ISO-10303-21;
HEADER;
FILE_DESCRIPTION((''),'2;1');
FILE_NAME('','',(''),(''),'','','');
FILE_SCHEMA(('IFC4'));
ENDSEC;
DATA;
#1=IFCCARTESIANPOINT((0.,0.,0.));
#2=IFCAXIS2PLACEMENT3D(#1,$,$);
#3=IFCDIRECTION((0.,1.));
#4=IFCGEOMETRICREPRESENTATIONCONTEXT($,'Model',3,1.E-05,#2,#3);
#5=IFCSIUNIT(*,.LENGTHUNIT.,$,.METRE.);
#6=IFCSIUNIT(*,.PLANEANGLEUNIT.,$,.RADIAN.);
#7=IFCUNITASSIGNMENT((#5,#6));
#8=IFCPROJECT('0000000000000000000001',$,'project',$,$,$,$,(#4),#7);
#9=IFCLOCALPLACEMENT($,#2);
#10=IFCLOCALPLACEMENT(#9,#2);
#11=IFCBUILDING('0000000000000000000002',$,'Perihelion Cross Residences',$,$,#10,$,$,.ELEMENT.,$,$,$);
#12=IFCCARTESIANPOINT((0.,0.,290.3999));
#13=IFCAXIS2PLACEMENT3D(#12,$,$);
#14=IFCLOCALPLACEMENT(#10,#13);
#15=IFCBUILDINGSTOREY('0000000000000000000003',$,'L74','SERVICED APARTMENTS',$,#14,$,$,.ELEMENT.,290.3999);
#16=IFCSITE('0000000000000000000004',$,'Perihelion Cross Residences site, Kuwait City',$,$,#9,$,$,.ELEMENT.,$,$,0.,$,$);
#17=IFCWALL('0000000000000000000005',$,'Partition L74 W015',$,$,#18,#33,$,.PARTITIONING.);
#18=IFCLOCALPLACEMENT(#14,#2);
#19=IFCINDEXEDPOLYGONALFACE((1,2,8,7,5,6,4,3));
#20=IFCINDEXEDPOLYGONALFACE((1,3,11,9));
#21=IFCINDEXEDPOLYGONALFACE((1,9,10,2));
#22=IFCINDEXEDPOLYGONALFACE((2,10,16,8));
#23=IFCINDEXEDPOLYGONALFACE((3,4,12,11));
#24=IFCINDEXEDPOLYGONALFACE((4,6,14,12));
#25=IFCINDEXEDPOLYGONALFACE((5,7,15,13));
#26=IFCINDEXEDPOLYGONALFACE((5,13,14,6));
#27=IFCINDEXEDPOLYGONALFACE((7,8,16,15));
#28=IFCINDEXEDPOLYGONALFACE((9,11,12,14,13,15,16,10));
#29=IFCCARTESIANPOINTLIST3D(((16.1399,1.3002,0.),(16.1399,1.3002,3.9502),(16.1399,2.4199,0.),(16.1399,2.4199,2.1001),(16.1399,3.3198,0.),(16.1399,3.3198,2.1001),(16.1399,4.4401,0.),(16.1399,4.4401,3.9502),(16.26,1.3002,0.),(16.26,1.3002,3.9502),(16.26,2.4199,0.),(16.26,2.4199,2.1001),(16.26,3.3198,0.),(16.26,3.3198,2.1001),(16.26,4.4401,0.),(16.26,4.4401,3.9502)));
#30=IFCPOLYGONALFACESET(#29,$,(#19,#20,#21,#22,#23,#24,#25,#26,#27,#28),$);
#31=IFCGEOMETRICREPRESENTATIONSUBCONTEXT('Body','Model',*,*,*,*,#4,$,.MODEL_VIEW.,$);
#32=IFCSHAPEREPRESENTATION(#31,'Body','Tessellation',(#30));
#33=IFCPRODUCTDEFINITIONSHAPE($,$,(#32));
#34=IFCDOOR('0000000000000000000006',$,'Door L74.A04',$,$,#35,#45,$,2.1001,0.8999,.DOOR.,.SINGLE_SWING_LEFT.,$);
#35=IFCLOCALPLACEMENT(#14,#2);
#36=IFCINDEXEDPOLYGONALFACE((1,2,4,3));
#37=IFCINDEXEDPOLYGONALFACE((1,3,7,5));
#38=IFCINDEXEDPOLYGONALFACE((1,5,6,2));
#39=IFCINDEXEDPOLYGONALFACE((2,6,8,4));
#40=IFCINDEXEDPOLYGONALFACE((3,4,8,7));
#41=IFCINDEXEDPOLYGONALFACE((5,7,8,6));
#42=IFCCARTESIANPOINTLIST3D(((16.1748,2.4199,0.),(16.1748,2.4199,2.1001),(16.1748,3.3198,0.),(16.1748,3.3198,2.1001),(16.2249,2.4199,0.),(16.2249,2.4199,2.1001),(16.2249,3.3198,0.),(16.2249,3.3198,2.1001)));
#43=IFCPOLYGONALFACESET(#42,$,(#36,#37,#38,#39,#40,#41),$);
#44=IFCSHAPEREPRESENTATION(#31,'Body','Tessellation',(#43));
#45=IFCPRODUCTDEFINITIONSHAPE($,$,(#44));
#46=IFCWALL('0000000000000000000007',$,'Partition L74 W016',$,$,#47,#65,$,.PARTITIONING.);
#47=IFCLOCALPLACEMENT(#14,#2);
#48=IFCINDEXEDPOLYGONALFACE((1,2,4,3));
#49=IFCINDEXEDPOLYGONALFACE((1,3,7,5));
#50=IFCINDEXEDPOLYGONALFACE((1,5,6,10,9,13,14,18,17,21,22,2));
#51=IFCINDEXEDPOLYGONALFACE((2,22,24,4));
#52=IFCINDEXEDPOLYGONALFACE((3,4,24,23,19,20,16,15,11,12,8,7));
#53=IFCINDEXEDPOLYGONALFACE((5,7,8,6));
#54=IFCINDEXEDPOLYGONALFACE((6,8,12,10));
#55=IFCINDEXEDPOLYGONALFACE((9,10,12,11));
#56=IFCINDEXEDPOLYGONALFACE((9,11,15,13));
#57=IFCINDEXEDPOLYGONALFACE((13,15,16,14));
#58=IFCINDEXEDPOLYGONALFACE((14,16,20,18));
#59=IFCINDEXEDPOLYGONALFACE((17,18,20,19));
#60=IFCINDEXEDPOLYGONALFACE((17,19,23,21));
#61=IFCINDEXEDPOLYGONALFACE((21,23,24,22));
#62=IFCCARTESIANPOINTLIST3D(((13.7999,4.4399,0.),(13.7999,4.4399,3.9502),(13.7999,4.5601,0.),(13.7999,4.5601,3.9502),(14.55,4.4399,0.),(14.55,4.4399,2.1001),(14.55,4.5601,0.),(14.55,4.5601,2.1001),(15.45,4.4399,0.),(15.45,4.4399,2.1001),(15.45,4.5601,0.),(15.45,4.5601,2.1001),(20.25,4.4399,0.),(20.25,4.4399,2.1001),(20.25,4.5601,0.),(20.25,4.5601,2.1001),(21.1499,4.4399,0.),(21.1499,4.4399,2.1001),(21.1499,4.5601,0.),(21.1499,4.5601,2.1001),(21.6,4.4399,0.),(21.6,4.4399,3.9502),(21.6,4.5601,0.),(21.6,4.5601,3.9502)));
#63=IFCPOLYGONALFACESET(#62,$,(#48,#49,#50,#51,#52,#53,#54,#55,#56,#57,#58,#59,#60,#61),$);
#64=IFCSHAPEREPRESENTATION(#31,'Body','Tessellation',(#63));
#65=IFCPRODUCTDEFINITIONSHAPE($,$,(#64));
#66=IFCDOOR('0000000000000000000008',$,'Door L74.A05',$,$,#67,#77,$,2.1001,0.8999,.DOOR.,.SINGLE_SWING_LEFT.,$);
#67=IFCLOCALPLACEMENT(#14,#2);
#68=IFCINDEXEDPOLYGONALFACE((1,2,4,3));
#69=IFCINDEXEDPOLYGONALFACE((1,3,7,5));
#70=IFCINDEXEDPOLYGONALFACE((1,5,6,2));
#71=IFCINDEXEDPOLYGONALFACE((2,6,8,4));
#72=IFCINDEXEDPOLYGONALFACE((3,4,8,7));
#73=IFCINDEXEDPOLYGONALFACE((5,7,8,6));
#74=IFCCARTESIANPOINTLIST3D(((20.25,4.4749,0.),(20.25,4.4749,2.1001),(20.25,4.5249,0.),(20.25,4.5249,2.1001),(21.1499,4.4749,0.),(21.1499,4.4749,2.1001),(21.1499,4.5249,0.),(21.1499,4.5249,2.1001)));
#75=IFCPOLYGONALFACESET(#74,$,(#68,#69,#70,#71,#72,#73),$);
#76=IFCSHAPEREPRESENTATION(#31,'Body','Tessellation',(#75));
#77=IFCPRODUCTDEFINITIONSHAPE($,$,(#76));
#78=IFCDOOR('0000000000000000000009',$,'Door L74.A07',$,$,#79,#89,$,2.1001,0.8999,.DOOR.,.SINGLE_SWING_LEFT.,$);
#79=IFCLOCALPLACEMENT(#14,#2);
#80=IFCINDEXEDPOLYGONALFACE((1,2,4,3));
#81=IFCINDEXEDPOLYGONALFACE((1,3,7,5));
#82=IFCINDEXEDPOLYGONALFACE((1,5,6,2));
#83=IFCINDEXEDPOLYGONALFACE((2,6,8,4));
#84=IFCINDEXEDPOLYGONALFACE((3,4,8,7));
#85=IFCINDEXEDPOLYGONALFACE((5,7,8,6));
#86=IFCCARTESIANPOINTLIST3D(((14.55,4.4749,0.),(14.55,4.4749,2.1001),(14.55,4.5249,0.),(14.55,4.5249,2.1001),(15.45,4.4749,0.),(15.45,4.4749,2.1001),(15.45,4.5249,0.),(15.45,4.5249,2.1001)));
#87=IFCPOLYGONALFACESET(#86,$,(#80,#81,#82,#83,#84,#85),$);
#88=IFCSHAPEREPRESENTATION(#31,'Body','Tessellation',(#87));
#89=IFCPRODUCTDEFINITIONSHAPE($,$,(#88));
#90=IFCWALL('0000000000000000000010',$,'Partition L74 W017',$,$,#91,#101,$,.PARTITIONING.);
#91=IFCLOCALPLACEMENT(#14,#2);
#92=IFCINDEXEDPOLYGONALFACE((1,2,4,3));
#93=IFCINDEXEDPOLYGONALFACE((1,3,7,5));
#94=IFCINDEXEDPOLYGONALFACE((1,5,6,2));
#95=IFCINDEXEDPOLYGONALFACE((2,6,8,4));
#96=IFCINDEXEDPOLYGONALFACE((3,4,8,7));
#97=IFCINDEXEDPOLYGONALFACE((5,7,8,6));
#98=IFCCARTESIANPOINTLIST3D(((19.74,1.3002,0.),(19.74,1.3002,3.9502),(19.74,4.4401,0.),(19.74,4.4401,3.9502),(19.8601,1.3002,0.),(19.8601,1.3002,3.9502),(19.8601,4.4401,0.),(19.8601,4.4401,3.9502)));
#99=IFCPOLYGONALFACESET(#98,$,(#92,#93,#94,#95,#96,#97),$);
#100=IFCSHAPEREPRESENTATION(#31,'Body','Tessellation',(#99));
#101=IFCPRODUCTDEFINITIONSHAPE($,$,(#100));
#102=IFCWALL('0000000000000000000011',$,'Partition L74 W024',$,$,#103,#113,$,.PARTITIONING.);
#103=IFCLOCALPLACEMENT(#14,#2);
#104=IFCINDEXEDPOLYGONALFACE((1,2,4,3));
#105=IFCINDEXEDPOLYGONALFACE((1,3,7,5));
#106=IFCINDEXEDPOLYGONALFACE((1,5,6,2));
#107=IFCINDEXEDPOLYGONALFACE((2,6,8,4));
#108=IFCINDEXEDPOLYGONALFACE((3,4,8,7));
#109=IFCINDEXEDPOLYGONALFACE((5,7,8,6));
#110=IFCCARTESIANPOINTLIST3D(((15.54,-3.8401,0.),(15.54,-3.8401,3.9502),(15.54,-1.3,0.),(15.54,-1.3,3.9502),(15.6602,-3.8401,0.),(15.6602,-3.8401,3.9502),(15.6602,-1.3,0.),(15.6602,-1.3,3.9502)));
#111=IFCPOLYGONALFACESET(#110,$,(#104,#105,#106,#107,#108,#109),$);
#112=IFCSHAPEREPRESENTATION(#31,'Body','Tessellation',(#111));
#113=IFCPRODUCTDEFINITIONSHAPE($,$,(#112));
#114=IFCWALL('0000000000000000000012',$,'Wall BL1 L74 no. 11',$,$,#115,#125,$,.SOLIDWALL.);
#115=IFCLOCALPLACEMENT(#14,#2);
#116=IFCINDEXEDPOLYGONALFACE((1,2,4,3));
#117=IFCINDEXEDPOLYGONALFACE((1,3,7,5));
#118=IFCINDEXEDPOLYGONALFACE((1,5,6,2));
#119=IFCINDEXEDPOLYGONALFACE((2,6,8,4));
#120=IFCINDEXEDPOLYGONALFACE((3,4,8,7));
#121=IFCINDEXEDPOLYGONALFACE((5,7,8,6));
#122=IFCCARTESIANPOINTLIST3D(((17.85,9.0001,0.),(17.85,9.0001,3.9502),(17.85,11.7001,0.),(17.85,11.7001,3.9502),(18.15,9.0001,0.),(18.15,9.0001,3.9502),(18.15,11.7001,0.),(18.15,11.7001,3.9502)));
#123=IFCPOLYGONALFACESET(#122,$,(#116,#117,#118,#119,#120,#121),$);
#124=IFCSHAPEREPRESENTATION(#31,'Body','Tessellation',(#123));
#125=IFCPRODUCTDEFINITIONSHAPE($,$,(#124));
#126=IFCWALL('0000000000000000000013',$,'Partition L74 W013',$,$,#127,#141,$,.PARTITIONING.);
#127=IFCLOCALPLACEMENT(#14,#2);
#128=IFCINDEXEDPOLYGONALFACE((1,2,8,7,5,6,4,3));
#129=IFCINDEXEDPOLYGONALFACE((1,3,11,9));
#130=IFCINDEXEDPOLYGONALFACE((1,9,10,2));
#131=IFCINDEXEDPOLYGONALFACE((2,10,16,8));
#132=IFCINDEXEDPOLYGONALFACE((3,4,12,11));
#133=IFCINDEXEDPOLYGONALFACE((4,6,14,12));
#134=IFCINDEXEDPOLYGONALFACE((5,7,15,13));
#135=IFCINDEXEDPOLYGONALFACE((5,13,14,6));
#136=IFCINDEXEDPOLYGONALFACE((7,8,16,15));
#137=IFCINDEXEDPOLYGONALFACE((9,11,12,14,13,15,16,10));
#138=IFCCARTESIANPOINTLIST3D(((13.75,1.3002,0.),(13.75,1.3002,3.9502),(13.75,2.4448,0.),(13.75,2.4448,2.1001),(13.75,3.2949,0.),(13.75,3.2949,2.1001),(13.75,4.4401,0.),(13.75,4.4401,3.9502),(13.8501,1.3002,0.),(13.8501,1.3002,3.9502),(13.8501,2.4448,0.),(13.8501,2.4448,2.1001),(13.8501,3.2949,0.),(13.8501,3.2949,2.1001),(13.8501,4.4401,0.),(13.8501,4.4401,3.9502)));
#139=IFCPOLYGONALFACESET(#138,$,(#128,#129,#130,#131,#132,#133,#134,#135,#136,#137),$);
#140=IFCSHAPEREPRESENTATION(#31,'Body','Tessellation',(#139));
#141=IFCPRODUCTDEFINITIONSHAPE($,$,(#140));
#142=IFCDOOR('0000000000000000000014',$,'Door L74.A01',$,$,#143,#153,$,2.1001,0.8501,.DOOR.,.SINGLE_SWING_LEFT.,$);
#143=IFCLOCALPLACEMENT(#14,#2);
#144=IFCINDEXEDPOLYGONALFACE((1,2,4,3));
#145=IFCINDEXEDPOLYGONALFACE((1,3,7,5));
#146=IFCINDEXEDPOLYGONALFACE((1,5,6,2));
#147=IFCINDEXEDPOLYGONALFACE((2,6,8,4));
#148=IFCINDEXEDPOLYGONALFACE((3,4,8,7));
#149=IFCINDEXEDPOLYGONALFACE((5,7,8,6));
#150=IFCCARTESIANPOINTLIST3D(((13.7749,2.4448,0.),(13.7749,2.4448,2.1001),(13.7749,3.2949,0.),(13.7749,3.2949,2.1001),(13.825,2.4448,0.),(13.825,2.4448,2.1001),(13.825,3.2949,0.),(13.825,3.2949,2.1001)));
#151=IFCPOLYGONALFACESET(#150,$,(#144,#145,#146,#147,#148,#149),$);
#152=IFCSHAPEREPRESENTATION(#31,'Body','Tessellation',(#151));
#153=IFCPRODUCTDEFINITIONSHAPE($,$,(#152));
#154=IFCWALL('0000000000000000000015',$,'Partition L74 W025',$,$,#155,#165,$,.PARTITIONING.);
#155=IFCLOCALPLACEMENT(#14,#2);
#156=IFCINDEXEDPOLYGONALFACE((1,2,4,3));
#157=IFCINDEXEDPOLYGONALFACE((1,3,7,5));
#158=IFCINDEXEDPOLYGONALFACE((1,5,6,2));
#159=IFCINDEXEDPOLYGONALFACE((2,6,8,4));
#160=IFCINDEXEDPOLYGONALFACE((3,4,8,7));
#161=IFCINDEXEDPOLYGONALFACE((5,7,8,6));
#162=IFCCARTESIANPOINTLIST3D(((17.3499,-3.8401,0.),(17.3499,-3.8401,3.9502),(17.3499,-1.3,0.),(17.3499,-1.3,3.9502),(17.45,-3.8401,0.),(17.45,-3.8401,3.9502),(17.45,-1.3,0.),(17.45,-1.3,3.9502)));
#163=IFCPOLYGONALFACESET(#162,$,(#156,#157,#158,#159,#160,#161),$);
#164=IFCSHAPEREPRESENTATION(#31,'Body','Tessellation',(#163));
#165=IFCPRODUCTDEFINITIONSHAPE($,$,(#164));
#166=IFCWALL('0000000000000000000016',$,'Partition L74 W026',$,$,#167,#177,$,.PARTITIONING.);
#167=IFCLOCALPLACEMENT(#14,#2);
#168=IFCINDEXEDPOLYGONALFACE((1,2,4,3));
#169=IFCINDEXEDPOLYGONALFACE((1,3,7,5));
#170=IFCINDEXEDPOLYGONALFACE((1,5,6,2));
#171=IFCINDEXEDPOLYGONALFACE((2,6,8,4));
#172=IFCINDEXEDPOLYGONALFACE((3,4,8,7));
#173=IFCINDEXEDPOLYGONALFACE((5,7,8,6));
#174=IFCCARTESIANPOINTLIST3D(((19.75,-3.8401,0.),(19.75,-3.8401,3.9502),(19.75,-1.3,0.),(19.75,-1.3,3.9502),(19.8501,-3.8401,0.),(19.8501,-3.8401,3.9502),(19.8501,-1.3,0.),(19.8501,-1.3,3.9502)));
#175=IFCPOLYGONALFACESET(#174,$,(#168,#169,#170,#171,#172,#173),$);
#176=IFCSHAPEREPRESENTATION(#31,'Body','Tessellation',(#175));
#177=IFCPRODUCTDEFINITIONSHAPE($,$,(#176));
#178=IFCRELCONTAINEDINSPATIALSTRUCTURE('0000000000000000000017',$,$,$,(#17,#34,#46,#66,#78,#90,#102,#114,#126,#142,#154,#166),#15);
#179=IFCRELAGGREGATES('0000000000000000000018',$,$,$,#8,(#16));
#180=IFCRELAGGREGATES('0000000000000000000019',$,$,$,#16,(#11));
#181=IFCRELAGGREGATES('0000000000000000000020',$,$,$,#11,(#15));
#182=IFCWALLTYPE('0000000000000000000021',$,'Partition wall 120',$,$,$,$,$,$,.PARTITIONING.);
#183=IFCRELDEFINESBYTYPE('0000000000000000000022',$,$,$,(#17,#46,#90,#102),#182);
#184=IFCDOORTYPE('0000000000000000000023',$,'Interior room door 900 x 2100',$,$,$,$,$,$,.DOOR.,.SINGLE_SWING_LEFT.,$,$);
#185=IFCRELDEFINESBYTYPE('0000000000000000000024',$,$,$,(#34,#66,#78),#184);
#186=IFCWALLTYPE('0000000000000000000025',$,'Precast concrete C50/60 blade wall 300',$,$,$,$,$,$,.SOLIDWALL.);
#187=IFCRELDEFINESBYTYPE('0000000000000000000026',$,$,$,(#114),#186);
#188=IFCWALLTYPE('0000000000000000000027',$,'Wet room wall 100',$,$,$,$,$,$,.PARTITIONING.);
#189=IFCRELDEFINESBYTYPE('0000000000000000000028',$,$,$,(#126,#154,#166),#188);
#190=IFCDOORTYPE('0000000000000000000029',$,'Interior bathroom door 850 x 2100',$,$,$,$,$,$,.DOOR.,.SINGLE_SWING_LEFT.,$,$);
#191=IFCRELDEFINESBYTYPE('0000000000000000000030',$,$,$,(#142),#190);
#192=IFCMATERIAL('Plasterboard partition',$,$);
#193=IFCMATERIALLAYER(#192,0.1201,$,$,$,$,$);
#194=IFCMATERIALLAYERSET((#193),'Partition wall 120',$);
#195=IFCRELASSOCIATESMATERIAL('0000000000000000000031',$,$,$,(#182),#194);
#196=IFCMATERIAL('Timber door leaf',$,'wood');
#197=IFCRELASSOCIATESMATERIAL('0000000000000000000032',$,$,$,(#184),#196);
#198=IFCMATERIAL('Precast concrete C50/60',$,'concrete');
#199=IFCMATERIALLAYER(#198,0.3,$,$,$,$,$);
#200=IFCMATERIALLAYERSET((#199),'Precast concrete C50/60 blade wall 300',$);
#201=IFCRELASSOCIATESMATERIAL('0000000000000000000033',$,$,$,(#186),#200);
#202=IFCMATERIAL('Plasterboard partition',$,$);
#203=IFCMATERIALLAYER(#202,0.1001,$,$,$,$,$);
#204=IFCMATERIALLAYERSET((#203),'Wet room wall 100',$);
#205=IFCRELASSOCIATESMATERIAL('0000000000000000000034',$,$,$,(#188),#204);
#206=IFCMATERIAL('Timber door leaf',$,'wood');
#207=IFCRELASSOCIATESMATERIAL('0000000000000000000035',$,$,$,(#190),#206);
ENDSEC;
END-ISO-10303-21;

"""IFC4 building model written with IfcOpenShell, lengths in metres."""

from ifc_helpers import new_model, si_unit, direction, frame, frame_2d, origin, place, context, subcontext, project, spatial, rectangle, extrude, material, layer, layer_set, type_object, element, fill, save


model = new_model("IFC4")

# Units and contexts
model_context = context("Model", 3, precision=1e-05, world=origin(), true_north=direction((0.0, 1.0)))
body_context = subcontext(model_context, "Body", "Model", "MODEL_VIEW")
ifc_project = project(units=[si_unit("LENGTHUNIT", "METRE"), si_unit("PLANEANGLEUNIT", "RADIAN")], contexts=[model_context])

# Site, building, storey
site_placement = place(None, origin())
site = spatial("IfcSite", under=ifc_project, at=site_placement, Name="Perihelion Cross Residences site, Kuwait City", CompositionType="ELEMENT", RefElevation=0.0)
building_placement = place(site_placement, origin())
building = spatial("IfcBuilding", under=site, at=building_placement, Name="Perihelion Cross Residences", CompositionType="ELEMENT")
storey_placement = place(building_placement, frame((0.0, 0.0, 290.3999)))
storey = spatial("IfcBuildingStorey", under=building, at=storey_placement, Name="L74", Description="SERVICED APARTMENTS", CompositionType="ELEMENT", Elevation=290.3999)

# Wall, opening, door
ifc_material_1 = material(Name="Plasterboard partition")
ifc_layer_1 = layer(ifc_material_1, 0.1201)
ifc_layer_set_1 = layer_set([ifc_layer_1], Name="Partition wall 120")
wall_type_1 = type_object("IfcWallType", Name="Partition wall 120", PredefinedType="PARTITIONING", material=ifc_layer_set_1)
wall_1_placement = place(storey_placement, frame((16.2, 4.4399, 0.0), z_axis=(0.0, 0.0, 1.0), x_axis=(0.0, -1.0, 0.0)))
wall_1 = element("IfcWall", 1, at=wall_1_placement, inside=storey, type_object=wall_type_1, Name="Partition L74 W015", PredefinedType="PARTITIONING", context=body_context, shape_type="SweptSolid", body=[
    extrude(rectangle(XDim=3.1399, YDim=0.1201, at=frame_2d((1.5698, 0.0))), origin(), (0.0, 0.0, 1.0), 3.9502),
])
opening_1_placement = place(wall_1_placement, frame((1.1201, 0.0, 0.0)))
opening_1 = element("IfcOpeningElement", 2, at=opening_1_placement, cuts=wall_1, PredefinedType="OPENING", context=body_context, shape_type="SweptSolid", body=[
    extrude(rectangle(XDim=0.8999, YDim=2.1001, at=frame_2d((0.45, 1.05))), frame((0.0, 0.0701, 0.0), z_axis=(0.0, -1.0, 0.0), x_axis=(1.0, 0.0, 0.0)), (0.0, 0.0, 1.0), 0.1401),
])
ifc_material_2 = material(Name="Timber door leaf", Category="wood")
door_type_1 = type_object("IfcDoorType", Name="Interior room door 900 x 2100", OperationType="SINGLE_SWING_LEFT", PredefinedType="DOOR", material=ifc_material_2)
door_1_placement = place(opening_1_placement, origin())
door_1 = element("IfcDoor", 3, at=door_1_placement, inside=storey, type_object=door_type_1, Name="Door L74.A04", OperationType="SINGLE_SWING_LEFT", OverallHeight=2.1001, OverallWidth=0.8999, PredefinedType="DOOR", context=body_context, shape_type="SweptSolid", body=[
    extrude(rectangle(XDim=0.8999, YDim=2.1001, at=frame_2d((0.45, 1.05))), frame((0.0, 0.0249, 0.0), z_axis=(0.0, -1.0, 0.0), x_axis=(1.0, 0.0, 0.0)), (0.0, 0.0, 1.0), 0.05),
])
fill(opening_1, door_1)

# Wall, openings, doors
wall_2_placement = place(storey_placement, frame((13.8, 4.5, 0.0), z_axis=(0.0, 0.0, 1.0), x_axis=(1.0, 0.0, 0.0)))
wall_2 = element("IfcWall", 4, at=wall_2_placement, inside=storey, type_object=wall_type_1, Name="Partition L74 W016", PredefinedType="PARTITIONING", context=body_context, shape_type="SweptSolid", body=[
    extrude(rectangle(XDim=7.8, YDim=0.1201, at=frame_2d((3.8999, 0.0))), origin(), (0.0, 0.0, 1.0), 3.9502),
])
opening_2_placement = place(wall_2_placement, frame((6.45, 0.0, 0.0)))
opening_2 = element("IfcOpeningElement", 5, at=opening_2_placement, cuts=wall_2, PredefinedType="OPENING", context=body_context, shape_type="SweptSolid", body=[
    extrude(rectangle(XDim=0.8999, YDim=2.1001, at=frame_2d((0.45, 1.05))), frame((0.0, 0.0701, 0.0), z_axis=(0.0, -1.0, 0.0), x_axis=(1.0, 0.0, 0.0)), (0.0, 0.0, 1.0), 0.1401),
])
opening_3_placement = place(wall_2_placement, frame((0.75, 0.0, 0.0)))
opening_3 = element("IfcOpeningElement", 6, at=opening_3_placement, cuts=wall_2, PredefinedType="OPENING", context=body_context, shape_type="SweptSolid", body=[
    extrude(rectangle(XDim=0.8999, YDim=2.1001, at=frame_2d((0.45, 1.05))), frame((0.0, 0.0701, 0.0), z_axis=(0.0, -1.0, 0.0), x_axis=(1.0, 0.0, 0.0)), (0.0, 0.0, 1.0), 0.1401),
])
door_2_placement = place(opening_2_placement, origin())
door_2 = element("IfcDoor", 7, at=door_2_placement, inside=storey, type_object=door_type_1, Name="Door L74.A05", OperationType="SINGLE_SWING_LEFT", OverallHeight=2.1001, OverallWidth=0.8999, PredefinedType="DOOR", context=body_context, shape_type="SweptSolid", body=[
    extrude(rectangle(XDim=0.8999, YDim=2.1001, at=frame_2d((0.45, 1.05))), frame((0.0, 0.0249, 0.0), z_axis=(0.0, -1.0, 0.0), x_axis=(1.0, 0.0, 0.0)), (0.0, 0.0, 1.0), 0.05),
])
fill(opening_2, door_2)
door_3_placement = place(opening_3_placement, origin())
door_3 = element("IfcDoor", 8, at=door_3_placement, inside=storey, type_object=door_type_1, Name="Door L74.A07", OperationType="SINGLE_SWING_LEFT", OverallHeight=2.1001, OverallWidth=0.8999, PredefinedType="DOOR", context=body_context, shape_type="SweptSolid", body=[
    extrude(rectangle(XDim=0.8999, YDim=2.1001, at=frame_2d((0.45, 1.05))), frame((0.0, 0.0249, 0.0), z_axis=(0.0, -1.0, 0.0), x_axis=(1.0, 0.0, 0.0)), (0.0, 0.0, 1.0), 0.05),
])
fill(opening_3, door_3)

# Walls
wall_3_placement = place(storey_placement, frame((19.8, 4.4399, 0.0), z_axis=(0.0, 0.0, 1.0), x_axis=(0.0, -1.0, 0.0)))
element("IfcWall", 9, at=wall_3_placement, inside=storey, type_object=wall_type_1, Name="Partition L74 W017", PredefinedType="PARTITIONING", context=body_context, shape_type="SweptSolid", body=[
    extrude(rectangle(XDim=3.1399, YDim=0.1201, at=frame_2d((1.5698, 0.0))), origin(), (0.0, 0.0, 1.0), 3.9502),
])
wall_4_placement = place(storey_placement, frame((15.6001, -1.3, 0.0), z_axis=(0.0, 0.0, 1.0), x_axis=(0.0, -1.0, 0.0)))
element("IfcWall", 10, at=wall_4_placement, inside=storey, type_object=wall_type_1, Name="Partition L74 W024", PredefinedType="PARTITIONING", context=body_context, shape_type="SweptSolid", body=[
    extrude(rectangle(XDim=2.54, YDim=0.1201, at=frame_2d((1.27, 0.0))), origin(), (0.0, 0.0, 1.0), 3.9502),
])
ifc_material_3 = material(Name="Precast concrete C50/60", Category="concrete")
ifc_layer_2 = layer(ifc_material_3, 0.3)
ifc_layer_set_2 = layer_set([ifc_layer_2], Name="Precast concrete C50/60 blade wall 300")
wall_type_2 = type_object("IfcWallType", Name="Precast concrete C50/60 blade wall 300", PredefinedType="SOLIDWALL", material=ifc_layer_set_2)
wall_5_placement = place(storey_placement, frame((18.0, 9.0, 0.0), z_axis=(0.0, 0.0, 1.0), x_axis=(0.0, 1.0, 0.0)))
element("IfcWall", 11, at=wall_5_placement, inside=storey, type_object=wall_type_2, Name="Wall BL1 L74 no. 11", PredefinedType="SOLIDWALL", context=body_context, shape_type="SweptSolid", body=[
    extrude(rectangle(XDim=2.7, YDim=0.3, at=frame_2d((1.3501, 0.0))), origin(), (0.0, 0.0, 1.0), 3.9502),
])

# Wall, opening, door
ifc_material_4 = material(Name="Plasterboard partition")
ifc_layer_3 = layer(ifc_material_4, 0.1001)
ifc_layer_set_3 = layer_set([ifc_layer_3], Name="Wet room wall 100")
wall_type_3 = type_object("IfcWallType", Name="Wet room wall 100", PredefinedType="PARTITIONING", material=ifc_layer_set_3)
wall_6_placement = place(storey_placement, frame((13.8, 4.4399, 0.0), z_axis=(0.0, 0.0, 1.0), x_axis=(0.0, -1.0, 0.0)))
wall_6 = element("IfcWall", 12, at=wall_6_placement, inside=storey, type_object=wall_type_3, Name="Partition L74 W013", PredefinedType="PARTITIONING", context=body_context, shape_type="SweptSolid", body=[
    extrude(rectangle(XDim=3.1399, YDim=0.1001, at=frame_2d((1.5698, 0.0))), origin(), (0.0, 0.0, 1.0), 3.9502),
])
opening_4_placement = place(wall_6_placement, frame((1.145, 0.0, 0.0)))
opening_4 = element("IfcOpeningElement", 13, at=opening_4_placement, cuts=wall_6, PredefinedType="OPENING", context=body_context, shape_type="SweptSolid", body=[
    extrude(rectangle(XDim=0.8501, YDim=2.1001, at=frame_2d((0.425, 1.05))), frame((0.0, 0.0601, 0.0), z_axis=(0.0, -1.0, 0.0), x_axis=(1.0, 0.0, 0.0)), (0.0, 0.0, 1.0), 0.1201),
])
ifc_material_5 = material(Name="Timber door leaf", Category="wood")
door_type_2 = type_object("IfcDoorType", Name="Interior bathroom door 850 x 2100", OperationType="SINGLE_SWING_LEFT", PredefinedType="DOOR", material=ifc_material_5)
door_4_placement = place(opening_4_placement, origin())
door_4 = element("IfcDoor", 14, at=door_4_placement, inside=storey, type_object=door_type_2, Name="Door L74.A01", OperationType="SINGLE_SWING_LEFT", OverallHeight=2.1001, OverallWidth=0.8501, PredefinedType="DOOR", context=body_context, shape_type="SweptSolid", body=[
    extrude(rectangle(XDim=0.8501, YDim=2.1001, at=frame_2d((0.425, 1.05))), frame((0.0, 0.0249, 0.0), z_axis=(0.0, -1.0, 0.0), x_axis=(1.0, 0.0, 0.0)), (0.0, 0.0, 1.0), 0.05),
])
fill(opening_4, door_4)

# Walls
for number, where, z_axis, x_axis, name in (
    (15, (17.3999, -1.3, 0.0), (0.0, 0.0, 1.0), (0.0, -1.0, 0.0), "Partition L74 W025"),
    (16, (19.8, -1.3, 0.0), (0.0, 0.0, 1.0), (0.0, -1.0, 0.0), "Partition L74 W026"),
):
    element("IfcWall", number, at=place(storey_placement, frame(where, z_axis=z_axis, x_axis=x_axis)), inside=storey, type_object=wall_type_3, Name=name, PredefinedType="PARTITIONING", context=body_context, shape_type="SweptSolid", body=[
        extrude(rectangle(XDim=2.54, YDim=0.1001, at=frame_2d((1.27, 0.0))), origin(), (0.0, 0.0, 1.0), 3.9502),
    ])

save(model, "model.ifc")
